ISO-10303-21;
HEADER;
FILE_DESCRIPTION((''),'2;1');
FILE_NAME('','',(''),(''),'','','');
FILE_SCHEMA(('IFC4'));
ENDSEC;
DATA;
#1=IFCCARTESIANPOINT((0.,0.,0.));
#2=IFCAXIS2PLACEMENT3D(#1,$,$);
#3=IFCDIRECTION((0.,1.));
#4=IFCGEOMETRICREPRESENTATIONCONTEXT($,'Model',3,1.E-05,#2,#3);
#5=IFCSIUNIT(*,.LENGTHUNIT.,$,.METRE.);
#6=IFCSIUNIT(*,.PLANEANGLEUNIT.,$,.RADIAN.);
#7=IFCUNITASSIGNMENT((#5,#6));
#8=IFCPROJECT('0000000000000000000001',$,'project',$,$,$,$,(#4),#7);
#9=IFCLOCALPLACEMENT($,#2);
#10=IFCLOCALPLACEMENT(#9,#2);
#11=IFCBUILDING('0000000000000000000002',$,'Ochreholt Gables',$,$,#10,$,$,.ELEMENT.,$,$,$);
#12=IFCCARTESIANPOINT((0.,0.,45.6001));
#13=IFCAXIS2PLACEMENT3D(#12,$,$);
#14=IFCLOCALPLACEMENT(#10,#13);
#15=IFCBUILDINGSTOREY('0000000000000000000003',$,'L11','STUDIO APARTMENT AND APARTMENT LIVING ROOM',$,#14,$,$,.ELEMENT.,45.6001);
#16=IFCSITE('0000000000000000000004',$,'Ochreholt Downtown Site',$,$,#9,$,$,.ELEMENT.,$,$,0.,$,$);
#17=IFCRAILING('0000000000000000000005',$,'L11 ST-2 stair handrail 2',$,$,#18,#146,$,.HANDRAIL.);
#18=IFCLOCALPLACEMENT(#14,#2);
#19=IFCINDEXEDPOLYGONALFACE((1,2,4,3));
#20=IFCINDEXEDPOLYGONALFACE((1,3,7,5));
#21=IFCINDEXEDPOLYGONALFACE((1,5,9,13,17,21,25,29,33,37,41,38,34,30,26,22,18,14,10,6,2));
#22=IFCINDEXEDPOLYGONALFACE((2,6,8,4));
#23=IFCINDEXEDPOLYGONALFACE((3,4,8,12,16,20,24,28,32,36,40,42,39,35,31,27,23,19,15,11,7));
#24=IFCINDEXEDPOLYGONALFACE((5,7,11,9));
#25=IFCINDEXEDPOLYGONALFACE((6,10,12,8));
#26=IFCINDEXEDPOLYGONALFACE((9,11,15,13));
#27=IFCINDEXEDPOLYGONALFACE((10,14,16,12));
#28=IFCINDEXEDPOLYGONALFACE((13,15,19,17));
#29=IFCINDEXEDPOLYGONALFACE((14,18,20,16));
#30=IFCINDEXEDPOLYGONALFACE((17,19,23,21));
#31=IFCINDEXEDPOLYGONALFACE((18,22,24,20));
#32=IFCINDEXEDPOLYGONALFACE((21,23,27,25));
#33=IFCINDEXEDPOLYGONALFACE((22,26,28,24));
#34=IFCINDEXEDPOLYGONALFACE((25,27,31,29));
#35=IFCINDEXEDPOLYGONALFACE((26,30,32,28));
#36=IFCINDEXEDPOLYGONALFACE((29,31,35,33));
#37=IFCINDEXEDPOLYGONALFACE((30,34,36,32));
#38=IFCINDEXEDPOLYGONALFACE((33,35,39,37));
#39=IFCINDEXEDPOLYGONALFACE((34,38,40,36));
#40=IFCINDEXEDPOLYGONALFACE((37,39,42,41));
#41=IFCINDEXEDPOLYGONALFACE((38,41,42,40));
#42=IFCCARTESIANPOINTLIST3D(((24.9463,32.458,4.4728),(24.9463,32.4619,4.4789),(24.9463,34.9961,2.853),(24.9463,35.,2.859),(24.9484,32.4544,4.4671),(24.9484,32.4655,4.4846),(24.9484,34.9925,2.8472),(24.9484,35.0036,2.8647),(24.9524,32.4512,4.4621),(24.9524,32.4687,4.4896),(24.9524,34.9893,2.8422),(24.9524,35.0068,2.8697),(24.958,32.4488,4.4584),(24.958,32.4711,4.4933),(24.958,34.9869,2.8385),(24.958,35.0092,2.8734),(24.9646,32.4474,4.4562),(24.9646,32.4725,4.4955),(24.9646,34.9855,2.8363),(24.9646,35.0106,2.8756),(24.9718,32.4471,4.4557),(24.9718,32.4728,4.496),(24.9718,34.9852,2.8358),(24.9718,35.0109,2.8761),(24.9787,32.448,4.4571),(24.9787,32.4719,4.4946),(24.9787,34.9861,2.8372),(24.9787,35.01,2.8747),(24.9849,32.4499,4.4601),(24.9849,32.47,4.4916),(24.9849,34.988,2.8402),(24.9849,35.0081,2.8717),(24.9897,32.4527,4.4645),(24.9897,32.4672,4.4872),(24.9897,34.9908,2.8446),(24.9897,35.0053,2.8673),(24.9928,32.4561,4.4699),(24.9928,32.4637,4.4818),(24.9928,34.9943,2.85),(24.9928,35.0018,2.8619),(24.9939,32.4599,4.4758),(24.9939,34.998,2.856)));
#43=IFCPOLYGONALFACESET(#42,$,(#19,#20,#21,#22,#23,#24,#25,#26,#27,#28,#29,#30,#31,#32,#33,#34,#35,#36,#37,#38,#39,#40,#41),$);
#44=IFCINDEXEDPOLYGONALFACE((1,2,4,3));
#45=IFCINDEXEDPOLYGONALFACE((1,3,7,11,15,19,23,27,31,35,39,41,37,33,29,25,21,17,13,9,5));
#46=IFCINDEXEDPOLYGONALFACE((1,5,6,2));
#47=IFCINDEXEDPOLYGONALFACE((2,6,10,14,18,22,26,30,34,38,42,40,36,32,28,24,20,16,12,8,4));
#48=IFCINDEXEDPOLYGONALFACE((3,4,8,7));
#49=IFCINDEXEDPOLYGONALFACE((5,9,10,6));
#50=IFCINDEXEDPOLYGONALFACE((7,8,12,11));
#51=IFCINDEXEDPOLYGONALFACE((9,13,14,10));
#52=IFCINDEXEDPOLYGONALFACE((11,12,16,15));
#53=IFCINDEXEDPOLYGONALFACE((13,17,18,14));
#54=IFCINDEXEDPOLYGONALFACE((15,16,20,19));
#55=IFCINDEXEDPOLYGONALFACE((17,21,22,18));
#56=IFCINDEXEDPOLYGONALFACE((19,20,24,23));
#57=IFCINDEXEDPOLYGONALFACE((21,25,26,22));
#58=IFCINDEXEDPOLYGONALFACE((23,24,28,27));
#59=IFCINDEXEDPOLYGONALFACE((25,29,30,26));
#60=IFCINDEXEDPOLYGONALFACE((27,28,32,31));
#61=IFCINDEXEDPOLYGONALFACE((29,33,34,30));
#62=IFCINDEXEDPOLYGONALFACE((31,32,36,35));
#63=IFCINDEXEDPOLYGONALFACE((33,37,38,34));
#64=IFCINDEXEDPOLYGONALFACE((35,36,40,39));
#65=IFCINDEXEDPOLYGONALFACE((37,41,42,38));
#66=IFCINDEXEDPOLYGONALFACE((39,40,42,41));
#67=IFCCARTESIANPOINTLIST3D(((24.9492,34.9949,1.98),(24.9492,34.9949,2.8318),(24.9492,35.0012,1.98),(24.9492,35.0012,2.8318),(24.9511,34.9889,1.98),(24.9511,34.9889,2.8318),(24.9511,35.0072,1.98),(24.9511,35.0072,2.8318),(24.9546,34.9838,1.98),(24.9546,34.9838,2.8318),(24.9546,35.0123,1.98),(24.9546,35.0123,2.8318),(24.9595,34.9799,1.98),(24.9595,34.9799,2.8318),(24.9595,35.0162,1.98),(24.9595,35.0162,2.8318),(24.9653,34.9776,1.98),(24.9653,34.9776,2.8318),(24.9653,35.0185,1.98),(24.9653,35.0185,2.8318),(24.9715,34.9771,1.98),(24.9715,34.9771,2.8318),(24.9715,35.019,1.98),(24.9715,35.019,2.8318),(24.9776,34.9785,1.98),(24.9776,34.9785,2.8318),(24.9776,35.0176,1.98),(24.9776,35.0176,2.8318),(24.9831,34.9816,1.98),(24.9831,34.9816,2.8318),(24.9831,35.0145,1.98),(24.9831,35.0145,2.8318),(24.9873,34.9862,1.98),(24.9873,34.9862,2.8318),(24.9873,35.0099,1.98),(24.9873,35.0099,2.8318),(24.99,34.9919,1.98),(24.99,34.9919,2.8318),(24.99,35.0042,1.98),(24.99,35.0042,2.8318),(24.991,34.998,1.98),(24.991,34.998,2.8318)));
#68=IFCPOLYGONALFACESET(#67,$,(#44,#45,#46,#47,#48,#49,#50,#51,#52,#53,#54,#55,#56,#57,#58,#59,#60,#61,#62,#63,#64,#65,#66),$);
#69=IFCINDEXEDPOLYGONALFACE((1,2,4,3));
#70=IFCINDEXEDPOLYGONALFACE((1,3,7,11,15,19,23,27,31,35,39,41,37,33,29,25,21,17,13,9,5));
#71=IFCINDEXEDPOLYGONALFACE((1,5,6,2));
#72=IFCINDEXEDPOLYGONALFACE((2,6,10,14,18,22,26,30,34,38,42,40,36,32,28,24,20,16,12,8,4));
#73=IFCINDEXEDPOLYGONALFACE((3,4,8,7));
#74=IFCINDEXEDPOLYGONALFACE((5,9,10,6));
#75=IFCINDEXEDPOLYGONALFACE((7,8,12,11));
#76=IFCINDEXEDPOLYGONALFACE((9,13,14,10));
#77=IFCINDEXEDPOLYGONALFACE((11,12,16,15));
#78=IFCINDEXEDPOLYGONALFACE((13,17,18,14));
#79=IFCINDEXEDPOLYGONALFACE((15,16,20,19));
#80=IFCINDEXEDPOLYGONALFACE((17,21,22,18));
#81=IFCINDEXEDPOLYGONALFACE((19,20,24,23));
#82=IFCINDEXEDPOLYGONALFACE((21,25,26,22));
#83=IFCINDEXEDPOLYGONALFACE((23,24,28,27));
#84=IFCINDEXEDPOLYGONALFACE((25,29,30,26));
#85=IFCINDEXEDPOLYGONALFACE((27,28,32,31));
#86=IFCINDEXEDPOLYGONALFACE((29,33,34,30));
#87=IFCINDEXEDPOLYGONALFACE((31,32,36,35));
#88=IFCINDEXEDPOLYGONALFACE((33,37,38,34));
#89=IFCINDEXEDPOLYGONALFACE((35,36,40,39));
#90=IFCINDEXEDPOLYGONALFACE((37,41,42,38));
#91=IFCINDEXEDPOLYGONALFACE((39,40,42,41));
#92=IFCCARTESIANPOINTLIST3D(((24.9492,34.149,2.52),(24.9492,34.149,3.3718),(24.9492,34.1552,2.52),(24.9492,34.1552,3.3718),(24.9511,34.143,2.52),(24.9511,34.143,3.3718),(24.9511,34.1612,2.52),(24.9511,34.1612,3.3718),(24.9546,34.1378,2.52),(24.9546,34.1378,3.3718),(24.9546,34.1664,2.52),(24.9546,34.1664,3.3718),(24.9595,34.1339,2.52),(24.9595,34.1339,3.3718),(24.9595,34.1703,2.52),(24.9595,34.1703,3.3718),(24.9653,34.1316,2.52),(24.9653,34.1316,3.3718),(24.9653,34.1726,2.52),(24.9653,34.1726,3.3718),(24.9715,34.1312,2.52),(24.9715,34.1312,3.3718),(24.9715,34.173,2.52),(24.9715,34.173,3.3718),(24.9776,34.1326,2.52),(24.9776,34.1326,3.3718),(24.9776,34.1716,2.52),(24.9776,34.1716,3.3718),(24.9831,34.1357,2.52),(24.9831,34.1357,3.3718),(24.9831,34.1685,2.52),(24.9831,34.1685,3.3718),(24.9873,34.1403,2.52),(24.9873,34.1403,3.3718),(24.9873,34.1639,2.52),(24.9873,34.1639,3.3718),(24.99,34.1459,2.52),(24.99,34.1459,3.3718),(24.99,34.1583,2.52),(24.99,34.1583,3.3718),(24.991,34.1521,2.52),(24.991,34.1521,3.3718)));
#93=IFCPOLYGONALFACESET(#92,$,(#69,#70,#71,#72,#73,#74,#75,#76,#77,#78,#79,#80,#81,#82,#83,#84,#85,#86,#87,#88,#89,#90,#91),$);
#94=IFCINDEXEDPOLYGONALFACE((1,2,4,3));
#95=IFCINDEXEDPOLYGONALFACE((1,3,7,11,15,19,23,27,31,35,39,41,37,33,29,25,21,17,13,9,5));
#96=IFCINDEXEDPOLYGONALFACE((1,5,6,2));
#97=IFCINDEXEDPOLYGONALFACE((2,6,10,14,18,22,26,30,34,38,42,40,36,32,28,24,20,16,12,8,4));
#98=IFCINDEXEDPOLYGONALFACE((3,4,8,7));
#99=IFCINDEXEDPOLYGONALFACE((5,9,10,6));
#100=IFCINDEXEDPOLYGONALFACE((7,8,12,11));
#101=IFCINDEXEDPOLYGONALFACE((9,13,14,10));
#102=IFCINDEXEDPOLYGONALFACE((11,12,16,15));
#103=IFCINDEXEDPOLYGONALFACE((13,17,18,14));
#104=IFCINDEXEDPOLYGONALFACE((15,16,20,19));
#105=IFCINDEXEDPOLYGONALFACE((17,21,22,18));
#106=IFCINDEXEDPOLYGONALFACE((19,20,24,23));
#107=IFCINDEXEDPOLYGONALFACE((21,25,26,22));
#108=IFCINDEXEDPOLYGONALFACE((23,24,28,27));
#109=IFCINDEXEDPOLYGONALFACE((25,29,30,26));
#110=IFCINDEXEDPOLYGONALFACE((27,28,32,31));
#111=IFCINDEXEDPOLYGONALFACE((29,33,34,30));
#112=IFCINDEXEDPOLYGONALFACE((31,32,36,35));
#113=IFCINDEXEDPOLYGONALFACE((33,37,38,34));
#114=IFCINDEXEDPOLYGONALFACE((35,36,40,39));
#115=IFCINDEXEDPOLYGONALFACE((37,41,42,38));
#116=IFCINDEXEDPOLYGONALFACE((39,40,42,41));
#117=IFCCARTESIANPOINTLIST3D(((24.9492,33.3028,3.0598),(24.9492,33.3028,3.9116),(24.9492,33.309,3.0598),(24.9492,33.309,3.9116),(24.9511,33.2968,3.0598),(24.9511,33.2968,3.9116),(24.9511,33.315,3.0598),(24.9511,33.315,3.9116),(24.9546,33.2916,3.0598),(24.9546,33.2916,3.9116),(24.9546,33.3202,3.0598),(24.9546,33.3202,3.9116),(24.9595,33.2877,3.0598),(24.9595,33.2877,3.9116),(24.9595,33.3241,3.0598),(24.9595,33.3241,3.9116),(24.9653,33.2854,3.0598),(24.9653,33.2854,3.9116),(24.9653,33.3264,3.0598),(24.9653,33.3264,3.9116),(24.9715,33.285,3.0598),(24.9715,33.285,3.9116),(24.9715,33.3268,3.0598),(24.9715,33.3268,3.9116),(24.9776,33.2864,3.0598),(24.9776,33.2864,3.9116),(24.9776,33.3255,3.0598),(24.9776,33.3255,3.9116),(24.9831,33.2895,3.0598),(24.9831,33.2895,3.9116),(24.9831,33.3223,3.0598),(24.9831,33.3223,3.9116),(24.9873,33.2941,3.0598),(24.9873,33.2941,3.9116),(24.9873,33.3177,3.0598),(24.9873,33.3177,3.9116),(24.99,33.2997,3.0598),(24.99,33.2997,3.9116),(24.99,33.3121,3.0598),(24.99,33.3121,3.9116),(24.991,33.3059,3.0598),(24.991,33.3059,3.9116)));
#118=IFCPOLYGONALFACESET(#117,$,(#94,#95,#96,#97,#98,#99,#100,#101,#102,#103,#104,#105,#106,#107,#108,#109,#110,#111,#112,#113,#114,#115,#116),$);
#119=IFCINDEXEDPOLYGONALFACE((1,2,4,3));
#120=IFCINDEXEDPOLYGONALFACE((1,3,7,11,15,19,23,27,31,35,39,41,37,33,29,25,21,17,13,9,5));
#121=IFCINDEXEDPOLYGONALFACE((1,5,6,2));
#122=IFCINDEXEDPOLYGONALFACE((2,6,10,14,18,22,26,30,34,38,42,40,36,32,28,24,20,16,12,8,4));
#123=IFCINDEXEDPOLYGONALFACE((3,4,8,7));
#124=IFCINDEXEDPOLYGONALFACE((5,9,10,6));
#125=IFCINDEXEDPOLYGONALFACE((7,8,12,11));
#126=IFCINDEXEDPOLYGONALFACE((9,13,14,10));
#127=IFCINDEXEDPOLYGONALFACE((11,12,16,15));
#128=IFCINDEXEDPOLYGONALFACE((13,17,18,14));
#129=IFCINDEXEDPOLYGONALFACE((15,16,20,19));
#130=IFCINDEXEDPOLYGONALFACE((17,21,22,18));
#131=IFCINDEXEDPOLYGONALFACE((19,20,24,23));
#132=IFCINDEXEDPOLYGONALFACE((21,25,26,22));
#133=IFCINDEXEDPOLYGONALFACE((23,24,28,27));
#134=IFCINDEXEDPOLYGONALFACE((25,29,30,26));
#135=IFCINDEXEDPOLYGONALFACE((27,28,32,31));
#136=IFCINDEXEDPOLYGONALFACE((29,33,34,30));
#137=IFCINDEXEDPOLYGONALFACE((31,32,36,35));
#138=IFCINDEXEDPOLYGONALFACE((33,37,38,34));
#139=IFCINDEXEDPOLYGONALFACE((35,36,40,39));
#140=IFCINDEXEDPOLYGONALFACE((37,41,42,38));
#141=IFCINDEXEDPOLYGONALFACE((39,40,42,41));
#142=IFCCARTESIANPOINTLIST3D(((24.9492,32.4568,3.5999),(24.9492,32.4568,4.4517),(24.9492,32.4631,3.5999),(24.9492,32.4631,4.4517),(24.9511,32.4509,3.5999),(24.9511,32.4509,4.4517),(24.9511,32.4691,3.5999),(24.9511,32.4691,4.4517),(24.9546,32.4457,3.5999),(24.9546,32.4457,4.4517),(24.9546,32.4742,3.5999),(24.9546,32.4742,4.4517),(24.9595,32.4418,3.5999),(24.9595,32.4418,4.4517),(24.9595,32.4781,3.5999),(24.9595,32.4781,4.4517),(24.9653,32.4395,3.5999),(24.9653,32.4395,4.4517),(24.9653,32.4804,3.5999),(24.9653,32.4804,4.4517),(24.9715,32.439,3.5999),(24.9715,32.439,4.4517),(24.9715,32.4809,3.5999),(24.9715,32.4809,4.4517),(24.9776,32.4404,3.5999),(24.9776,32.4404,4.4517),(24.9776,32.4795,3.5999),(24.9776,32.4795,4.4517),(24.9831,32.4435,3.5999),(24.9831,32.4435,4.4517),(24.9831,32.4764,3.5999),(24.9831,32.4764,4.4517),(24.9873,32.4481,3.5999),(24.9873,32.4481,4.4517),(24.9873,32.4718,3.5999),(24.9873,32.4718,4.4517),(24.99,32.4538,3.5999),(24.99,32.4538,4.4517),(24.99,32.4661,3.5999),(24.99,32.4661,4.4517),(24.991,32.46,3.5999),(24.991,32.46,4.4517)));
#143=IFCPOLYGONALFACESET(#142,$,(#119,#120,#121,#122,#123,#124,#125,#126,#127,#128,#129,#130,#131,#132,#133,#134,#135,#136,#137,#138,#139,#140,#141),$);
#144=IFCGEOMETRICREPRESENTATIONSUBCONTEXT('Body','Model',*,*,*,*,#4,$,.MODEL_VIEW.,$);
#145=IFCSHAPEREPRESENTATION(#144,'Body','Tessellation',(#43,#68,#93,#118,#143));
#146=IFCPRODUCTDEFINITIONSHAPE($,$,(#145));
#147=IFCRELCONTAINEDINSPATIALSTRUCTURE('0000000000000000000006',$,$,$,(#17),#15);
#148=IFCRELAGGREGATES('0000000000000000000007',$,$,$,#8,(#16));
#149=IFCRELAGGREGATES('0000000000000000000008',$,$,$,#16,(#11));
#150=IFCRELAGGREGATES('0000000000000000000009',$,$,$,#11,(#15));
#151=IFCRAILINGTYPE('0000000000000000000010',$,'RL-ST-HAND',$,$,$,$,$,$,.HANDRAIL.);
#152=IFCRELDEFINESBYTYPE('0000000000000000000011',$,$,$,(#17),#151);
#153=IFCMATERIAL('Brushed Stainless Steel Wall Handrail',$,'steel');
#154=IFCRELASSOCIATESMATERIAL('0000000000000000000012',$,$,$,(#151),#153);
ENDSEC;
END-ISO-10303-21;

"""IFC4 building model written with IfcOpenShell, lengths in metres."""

from ifc_helpers import new_model, si_unit, direction, frame, origin, origin_2d, place, context, subcontext, project, spatial, circle, extrude, material, type_object, element, save


model = new_model("IFC4")

# Units and contexts
model_context = context("Model", 3, precision=1e-05, world=origin(), true_north=direction((0.0, 1.0)))
body_context = subcontext(model_context, "Body", "Model", "MODEL_VIEW")
ifc_project = project(units=[si_unit("LENGTHUNIT", "METRE"), si_unit("PLANEANGLEUNIT", "RADIAN")], contexts=[model_context])

# Site, building, storey
site_placement = place(None, origin())
site = spatial("IfcSite", under=ifc_project, at=site_placement, Name="Ochreholt Downtown Site", CompositionType="ELEMENT", RefElevation=0.0)
building_placement = place(site_placement, origin())
building = spatial("IfcBuilding", under=site, at=building_placement, Name="Ochreholt Gables", CompositionType="ELEMENT")
storey_placement = place(building_placement, frame((0.0, 0.0, 45.6001)))
storey = spatial("IfcBuildingStorey", under=building, at=storey_placement, Name="L11", Description="STUDIO APARTMENT AND APARTMENT LIVING ROOM", CompositionType="ELEMENT", Elevation=45.6001)

# Railing
ifc_material_1 = material(Name="Brushed Stainless Steel Wall Handrail", Category="steel")
railing_type_1 = type_object("IfcRailingType", Name="RL-ST-HAND", PredefinedType="HANDRAIL", material=ifc_material_1)
railing_1_placement = place(storey_placement, frame((24.97, 34.998, 1.98)))
element("IfcRailing", 1, at=railing_1_placement, inside=storey, type_object=railing_type_1, Name="L11 ST-2 stair handrail 2", PredefinedType="HANDRAIL", context=body_context, shape_type="SweptSolid", body=[
    extrude(circle(Radius=0.0239, at=origin_2d()), frame((0.0, 0.0, 0.876), z_axis=(0.0, -0.84295, 0.537993), x_axis=(1.0, 0.0, 0.0)), (0.0, 0.0, 1.0), 3.011),
    extrude(circle(Radius=0.021, at=origin_2d()), origin(), (0.0, 0.0, 1.0), 0.8518),
    extrude(circle(Radius=0.021, at=origin_2d()), frame((0.0, -0.8459, 0.54)), (0.0, 0.0, 1.0), 0.8518),
    extrude(circle(Radius=0.021, at=origin_2d()), frame((0.0, -1.6921, 1.0798)), (0.0, 0.0, 1.0), 0.8518),
    extrude(circle(Radius=0.021, at=origin_2d()), frame((0.0, -2.5381, 1.6199)), (0.0, 0.0, 1.0), 0.8518),
])

save(model, "model.ifc")
